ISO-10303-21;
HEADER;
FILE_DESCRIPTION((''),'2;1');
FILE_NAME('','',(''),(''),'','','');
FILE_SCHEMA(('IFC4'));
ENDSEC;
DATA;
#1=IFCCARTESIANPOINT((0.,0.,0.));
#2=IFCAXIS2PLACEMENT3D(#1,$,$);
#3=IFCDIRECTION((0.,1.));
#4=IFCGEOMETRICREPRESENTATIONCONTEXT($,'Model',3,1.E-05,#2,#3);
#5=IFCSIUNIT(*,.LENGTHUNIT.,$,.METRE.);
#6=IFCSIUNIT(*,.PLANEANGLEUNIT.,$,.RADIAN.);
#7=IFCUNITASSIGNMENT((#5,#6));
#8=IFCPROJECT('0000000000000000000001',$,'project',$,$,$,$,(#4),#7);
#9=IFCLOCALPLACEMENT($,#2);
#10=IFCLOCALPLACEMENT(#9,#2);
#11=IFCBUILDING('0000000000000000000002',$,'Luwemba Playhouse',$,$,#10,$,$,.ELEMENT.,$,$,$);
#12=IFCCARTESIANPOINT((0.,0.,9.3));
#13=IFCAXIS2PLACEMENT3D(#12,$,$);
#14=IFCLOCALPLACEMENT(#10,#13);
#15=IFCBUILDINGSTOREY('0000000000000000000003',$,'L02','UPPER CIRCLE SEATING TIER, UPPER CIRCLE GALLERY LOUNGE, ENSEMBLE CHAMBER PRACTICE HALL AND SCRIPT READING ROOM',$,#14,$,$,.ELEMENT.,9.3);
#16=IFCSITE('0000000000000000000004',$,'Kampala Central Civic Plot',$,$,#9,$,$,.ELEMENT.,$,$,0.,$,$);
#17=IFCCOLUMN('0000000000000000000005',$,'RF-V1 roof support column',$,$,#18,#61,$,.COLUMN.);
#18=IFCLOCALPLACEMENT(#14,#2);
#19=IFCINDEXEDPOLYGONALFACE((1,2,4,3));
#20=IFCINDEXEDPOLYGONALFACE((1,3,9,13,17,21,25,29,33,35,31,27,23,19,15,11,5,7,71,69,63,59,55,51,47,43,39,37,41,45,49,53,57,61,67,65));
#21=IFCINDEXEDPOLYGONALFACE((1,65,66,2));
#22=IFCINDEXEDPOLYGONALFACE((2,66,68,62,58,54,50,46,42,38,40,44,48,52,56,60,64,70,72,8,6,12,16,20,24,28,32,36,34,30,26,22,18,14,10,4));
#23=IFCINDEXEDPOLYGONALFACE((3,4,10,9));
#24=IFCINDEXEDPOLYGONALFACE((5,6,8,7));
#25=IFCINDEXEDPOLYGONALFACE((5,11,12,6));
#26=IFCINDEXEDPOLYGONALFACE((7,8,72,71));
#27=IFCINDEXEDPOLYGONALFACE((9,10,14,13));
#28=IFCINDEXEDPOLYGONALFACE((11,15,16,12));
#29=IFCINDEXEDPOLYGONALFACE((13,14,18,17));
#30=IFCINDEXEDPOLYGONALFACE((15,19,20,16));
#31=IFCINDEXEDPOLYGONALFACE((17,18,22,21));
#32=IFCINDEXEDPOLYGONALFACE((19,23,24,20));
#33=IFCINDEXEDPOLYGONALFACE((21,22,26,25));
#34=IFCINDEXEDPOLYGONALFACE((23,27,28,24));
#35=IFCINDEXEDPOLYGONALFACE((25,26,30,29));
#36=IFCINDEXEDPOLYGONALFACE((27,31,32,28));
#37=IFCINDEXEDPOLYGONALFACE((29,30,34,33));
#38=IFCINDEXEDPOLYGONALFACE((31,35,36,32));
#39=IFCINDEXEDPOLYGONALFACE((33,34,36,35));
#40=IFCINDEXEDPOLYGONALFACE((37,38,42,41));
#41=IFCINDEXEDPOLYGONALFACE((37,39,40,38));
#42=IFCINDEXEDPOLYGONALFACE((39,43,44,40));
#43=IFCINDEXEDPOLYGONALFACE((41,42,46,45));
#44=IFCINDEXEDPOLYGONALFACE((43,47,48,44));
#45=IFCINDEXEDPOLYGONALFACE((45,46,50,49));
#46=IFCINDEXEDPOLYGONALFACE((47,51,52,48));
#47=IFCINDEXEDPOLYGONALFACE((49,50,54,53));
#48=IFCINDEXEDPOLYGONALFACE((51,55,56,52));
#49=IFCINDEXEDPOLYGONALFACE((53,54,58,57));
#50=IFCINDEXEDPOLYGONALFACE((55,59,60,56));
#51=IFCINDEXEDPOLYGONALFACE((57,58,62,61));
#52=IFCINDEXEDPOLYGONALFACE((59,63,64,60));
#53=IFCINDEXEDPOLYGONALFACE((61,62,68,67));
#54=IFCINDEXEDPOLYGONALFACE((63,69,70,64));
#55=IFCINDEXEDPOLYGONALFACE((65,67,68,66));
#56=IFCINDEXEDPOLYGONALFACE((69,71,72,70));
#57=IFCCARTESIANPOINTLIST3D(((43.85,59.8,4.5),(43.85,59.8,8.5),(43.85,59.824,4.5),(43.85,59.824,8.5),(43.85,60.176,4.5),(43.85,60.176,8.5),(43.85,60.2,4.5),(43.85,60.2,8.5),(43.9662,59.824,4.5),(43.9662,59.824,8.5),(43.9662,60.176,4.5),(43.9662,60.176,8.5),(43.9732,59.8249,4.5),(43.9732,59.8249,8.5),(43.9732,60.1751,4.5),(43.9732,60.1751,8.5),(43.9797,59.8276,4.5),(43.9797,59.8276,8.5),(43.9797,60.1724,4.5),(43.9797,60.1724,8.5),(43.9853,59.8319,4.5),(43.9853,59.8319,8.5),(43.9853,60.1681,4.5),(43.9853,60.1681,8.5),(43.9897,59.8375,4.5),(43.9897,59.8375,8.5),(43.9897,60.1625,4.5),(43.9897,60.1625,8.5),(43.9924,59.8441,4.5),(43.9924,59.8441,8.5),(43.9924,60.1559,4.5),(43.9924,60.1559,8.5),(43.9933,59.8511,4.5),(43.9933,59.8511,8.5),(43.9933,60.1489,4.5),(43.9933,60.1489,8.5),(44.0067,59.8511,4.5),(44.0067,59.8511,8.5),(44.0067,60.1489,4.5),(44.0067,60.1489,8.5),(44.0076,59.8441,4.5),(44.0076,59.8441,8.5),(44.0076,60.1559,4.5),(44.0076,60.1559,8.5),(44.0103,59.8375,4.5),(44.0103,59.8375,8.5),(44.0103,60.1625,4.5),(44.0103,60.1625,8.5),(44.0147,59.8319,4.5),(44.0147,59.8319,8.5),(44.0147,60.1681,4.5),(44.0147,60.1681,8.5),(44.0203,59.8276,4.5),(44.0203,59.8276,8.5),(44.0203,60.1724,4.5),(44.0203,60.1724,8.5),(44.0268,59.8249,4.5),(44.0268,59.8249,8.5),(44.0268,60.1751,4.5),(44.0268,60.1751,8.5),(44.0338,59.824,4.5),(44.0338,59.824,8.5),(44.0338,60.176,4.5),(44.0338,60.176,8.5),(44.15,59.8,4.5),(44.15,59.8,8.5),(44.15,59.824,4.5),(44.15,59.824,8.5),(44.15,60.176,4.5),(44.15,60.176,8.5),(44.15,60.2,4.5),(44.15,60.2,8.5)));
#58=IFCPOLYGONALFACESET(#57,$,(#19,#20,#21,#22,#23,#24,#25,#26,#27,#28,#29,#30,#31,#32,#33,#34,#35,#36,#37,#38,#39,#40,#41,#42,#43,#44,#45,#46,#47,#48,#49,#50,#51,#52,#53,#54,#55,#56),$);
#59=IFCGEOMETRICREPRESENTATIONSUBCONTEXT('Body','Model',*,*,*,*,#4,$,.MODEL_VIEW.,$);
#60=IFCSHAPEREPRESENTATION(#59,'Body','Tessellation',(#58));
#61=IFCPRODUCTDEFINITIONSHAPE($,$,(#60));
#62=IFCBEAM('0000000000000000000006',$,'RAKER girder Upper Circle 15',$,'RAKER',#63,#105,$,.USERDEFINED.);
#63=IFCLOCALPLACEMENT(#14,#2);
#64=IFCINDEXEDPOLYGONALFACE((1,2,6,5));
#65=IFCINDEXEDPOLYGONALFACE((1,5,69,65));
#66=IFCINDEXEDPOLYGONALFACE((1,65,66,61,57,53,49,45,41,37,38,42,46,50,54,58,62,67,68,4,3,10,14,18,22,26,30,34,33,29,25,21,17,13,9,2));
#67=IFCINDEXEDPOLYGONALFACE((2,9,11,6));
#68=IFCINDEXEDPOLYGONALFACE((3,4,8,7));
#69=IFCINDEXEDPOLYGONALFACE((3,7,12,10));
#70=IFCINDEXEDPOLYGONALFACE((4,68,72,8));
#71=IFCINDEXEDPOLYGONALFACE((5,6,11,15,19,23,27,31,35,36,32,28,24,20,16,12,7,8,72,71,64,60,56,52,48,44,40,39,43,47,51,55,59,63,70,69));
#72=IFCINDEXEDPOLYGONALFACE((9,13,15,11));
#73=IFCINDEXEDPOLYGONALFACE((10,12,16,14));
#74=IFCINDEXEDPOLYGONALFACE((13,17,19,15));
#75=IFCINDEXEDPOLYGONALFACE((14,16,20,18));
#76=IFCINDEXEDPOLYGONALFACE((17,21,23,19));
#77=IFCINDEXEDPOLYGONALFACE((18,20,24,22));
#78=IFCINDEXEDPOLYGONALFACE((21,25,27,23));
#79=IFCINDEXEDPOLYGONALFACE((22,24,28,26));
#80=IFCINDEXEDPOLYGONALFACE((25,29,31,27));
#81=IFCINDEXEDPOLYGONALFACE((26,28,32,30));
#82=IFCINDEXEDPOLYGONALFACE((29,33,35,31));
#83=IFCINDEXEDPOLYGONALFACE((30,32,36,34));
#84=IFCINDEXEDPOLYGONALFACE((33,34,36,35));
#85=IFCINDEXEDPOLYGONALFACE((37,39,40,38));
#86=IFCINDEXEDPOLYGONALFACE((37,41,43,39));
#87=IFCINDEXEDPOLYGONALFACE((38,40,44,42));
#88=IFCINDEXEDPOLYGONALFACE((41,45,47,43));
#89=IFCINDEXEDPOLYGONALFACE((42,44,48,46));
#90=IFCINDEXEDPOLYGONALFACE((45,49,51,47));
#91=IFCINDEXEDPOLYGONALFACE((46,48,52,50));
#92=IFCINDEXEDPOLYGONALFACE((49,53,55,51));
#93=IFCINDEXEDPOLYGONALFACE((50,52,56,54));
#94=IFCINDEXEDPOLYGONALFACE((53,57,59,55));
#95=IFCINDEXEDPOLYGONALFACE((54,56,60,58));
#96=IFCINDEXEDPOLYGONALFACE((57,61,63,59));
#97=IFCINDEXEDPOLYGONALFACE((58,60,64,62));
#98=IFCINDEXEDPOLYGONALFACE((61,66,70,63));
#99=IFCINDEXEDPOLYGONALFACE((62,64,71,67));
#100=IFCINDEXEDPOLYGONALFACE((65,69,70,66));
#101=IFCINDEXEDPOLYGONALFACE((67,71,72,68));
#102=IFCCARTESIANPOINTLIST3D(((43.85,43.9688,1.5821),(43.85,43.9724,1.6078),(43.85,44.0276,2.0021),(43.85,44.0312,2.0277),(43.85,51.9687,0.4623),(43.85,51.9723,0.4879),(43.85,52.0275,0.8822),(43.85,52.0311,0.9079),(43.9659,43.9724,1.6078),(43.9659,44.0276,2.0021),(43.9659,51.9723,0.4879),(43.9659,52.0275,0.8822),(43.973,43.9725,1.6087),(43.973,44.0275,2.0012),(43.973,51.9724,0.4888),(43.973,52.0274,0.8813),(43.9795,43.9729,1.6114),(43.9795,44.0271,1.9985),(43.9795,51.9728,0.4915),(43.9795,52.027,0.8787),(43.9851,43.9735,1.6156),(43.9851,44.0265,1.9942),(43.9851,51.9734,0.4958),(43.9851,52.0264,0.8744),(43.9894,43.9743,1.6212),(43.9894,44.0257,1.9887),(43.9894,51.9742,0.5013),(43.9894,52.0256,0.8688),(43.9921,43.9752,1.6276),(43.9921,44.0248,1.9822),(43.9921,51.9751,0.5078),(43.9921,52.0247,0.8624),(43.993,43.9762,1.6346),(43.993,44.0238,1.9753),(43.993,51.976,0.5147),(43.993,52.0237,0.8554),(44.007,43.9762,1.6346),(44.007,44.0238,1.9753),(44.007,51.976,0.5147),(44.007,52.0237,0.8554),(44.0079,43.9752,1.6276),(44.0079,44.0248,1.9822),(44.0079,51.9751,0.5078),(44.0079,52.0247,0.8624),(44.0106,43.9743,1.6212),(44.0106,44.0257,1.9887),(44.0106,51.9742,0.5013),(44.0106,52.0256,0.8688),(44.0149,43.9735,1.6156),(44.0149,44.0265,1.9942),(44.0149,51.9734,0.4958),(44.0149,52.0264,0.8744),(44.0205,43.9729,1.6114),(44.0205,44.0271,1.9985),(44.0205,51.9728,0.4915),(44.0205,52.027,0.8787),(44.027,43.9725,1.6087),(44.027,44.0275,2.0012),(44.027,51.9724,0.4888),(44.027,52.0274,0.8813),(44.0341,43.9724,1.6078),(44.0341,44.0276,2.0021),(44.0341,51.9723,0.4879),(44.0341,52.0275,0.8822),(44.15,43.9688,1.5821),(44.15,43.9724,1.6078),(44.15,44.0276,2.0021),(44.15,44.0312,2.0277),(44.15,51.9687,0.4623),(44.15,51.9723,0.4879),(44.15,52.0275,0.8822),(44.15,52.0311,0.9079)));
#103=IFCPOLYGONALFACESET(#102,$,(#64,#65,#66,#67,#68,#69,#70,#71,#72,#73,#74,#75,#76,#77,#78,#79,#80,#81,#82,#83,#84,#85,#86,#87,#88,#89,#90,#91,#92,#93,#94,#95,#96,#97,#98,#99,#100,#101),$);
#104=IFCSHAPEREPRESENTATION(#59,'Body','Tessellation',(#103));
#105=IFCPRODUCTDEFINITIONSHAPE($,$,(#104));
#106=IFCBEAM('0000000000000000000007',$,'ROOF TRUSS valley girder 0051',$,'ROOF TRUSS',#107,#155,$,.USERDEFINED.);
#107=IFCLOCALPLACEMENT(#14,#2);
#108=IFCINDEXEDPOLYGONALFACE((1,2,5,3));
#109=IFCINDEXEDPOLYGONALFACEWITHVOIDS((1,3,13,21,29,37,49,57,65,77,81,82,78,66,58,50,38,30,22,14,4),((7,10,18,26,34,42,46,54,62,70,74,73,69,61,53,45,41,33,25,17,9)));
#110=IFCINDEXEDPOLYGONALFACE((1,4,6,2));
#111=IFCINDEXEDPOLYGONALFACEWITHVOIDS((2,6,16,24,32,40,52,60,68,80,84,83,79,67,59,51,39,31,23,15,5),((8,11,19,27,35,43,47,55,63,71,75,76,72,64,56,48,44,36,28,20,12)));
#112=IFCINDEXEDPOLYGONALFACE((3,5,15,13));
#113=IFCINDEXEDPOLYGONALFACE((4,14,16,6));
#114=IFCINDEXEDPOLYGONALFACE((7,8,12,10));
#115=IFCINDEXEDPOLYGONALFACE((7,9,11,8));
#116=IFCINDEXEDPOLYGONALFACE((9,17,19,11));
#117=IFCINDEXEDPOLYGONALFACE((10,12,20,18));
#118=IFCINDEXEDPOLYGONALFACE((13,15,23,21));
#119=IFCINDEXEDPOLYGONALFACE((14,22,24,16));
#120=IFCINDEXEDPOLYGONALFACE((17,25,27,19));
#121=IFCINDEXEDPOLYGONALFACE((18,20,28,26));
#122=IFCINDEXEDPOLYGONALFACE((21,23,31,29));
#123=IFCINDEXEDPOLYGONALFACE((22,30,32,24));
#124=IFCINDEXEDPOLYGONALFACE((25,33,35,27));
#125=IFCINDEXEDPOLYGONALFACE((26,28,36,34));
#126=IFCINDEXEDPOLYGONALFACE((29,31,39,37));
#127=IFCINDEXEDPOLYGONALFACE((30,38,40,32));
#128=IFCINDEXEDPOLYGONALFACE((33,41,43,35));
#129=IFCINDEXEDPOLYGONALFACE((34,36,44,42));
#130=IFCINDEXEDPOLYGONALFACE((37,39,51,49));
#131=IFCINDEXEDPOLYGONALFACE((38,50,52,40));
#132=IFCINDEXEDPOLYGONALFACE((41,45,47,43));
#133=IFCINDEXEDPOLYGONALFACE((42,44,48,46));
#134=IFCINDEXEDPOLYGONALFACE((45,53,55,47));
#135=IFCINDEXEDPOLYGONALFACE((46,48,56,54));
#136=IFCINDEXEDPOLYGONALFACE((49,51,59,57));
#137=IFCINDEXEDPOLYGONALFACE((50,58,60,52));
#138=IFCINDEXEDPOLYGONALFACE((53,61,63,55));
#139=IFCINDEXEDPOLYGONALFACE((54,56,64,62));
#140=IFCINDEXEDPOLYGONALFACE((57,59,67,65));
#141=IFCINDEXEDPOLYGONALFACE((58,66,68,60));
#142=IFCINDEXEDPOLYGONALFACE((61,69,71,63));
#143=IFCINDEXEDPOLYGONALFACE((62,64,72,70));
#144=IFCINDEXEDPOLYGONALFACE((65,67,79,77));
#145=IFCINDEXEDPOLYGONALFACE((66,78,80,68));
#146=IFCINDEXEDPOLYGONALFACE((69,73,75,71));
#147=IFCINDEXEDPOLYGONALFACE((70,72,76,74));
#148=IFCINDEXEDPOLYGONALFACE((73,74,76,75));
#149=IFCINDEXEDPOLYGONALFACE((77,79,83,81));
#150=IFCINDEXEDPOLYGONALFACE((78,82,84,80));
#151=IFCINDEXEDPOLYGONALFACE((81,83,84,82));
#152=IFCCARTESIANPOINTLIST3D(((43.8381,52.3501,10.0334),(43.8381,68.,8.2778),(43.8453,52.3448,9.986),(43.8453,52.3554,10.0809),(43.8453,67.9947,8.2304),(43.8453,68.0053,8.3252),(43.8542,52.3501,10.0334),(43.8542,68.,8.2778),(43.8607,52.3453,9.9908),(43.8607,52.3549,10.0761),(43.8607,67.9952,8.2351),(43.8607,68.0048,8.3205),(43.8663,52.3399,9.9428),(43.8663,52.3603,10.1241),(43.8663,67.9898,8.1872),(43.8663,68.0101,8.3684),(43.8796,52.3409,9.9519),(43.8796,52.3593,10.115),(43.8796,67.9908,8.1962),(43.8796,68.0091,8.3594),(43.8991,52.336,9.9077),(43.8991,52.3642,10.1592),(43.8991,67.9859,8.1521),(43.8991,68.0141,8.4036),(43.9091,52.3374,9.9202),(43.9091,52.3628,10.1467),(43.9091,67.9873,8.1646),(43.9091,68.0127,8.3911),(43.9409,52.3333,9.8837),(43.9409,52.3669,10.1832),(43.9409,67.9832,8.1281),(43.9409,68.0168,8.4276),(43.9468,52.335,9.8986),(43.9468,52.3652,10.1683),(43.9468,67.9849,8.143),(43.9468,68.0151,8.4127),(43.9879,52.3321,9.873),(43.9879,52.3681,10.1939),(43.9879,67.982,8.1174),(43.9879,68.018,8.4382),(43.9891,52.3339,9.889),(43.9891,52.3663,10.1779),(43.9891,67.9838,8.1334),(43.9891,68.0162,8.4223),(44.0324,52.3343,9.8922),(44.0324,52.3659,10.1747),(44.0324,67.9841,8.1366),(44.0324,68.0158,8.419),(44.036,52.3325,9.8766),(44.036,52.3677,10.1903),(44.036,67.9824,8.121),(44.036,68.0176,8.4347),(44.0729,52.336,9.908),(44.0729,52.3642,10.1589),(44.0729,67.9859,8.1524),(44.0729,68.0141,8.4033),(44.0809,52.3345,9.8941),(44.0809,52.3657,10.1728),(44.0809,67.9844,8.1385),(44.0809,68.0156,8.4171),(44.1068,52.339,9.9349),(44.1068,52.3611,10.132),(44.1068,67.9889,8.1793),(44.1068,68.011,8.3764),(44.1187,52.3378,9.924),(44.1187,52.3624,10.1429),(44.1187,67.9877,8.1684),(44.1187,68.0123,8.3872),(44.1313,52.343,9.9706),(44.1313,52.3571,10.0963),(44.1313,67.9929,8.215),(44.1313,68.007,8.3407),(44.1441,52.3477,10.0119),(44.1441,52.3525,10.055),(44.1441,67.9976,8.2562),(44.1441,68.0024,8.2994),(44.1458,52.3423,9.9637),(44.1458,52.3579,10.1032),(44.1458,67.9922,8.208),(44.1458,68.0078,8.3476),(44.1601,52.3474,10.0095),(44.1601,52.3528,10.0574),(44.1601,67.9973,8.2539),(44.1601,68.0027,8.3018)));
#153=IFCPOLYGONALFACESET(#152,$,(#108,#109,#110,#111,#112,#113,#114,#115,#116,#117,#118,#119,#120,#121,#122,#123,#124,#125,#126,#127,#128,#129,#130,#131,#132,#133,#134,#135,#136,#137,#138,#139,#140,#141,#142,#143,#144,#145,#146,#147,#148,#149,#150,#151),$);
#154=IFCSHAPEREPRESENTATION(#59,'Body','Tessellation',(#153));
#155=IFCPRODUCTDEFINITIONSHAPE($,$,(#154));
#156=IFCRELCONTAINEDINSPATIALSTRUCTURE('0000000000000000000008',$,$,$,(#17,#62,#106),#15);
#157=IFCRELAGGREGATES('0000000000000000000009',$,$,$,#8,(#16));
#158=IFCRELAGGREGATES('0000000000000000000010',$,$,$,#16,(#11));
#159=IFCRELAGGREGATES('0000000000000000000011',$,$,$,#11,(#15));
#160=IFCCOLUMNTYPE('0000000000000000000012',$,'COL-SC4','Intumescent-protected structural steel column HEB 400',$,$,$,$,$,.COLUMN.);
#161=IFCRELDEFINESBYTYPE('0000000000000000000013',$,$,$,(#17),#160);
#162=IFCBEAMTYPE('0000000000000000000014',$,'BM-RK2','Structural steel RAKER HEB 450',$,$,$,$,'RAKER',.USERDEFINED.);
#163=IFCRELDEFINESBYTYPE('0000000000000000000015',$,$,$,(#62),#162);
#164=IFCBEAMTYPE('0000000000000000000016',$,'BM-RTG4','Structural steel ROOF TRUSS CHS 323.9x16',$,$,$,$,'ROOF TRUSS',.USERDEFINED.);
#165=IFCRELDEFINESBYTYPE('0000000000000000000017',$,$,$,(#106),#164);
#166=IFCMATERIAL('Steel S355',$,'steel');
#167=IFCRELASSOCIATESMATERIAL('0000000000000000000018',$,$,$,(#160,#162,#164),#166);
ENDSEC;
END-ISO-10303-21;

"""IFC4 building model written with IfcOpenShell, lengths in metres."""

from ifc_helpers import new_model, si_unit, direction, frame, origin, origin_2d, place, context, subcontext, project, spatial, hollow_circle, i_section, extrude, material, material_profile, profile_set, type_object, element, save


model = new_model("IFC4")

# Units and contexts
model_context = context("Model", 3, precision=1e-05, world=origin(), true_north=direction((0.0, 1.0)))
body_context = subcontext(model_context, "Body", "Model", "MODEL_VIEW")
ifc_project = project(units=[si_unit("LENGTHUNIT", "METRE"), si_unit("PLANEANGLEUNIT", "RADIAN")], contexts=[model_context])

# Site, building, storey
site_placement = place(None, origin())
site = spatial("IfcSite", under=ifc_project, at=site_placement, Name="Kampala Central Civic Plot", CompositionType="ELEMENT", RefElevation=0.0)
building_placement = place(site_placement, origin())
building = spatial("IfcBuilding", under=site, at=building_placement, Name="Luwemba Playhouse", CompositionType="ELEMENT")
storey_placement = place(building_placement, frame((0.0, 0.0, 9.3)))
storey = spatial("IfcBuildingStorey", under=building, at=storey_placement, Name="L02", Description="UPPER CIRCLE SEATING TIER, UPPER CIRCLE GALLERY LOUNGE, ENSEMBLE CHAMBER PRACTICE HALL AND SCRIPT READING ROOM", CompositionType="ELEMENT", Elevation=9.3)

# Column
ifc_material_1 = material(Name="Steel S355", Category="steel")
ifc_material_profile_1 = material_profile(ifc_material_1, i_section(OverallWidth=0.3, OverallDepth=0.3999, WebThickness=0.0134, FlangeThickness=0.0239, FilletRadius=0.0271, at=origin_2d()))
ifc_profile_set_1 = profile_set([ifc_material_profile_1], Name="Steel S355")
column_type_1 = type_object("IfcColumnType", Name="COL-SC4", Description="Intumescent-protected structural steel column HEB 400", PredefinedType="COLUMN", material=ifc_profile_set_1)
for number, where, z_axis, x_axis, name in (
    (1, (44.0, 60.0, 4.5), (0.0, 0.0, 1.0), (1.0, 0.0, 0.0), "RF-V1 roof support column"),
):
    element("IfcColumn", number, at=place(storey_placement, frame(where, z_axis=z_axis, x_axis=x_axis)), inside=storey, type_object=column_type_1, Name=name, PredefinedType="COLUMN", context=body_context, shape_type="SweptSolid", body=[
        extrude(i_section(OverallWidth=0.3, OverallDepth=0.3999, WebThickness=0.0134, FlangeThickness=0.0239, FilletRadius=0.0271, at=origin_2d()), origin(), (0.0, 0.0, 1.0), 4.0),
    ])

# Beams
ifc_material_profile_2 = material_profile(ifc_material_1, i_section(OverallWidth=0.3, OverallDepth=0.45, WebThickness=0.0139, FlangeThickness=0.0259, FilletRadius=0.0271, at=origin_2d()))
ifc_profile_set_2 = profile_set([ifc_material_profile_2], Name="Steel S355")
beam_type_1 = type_object("IfcBeamType", Name="BM-RK2", Description="Structural steel RAKER HEB 450", ElementType="RAKER", PredefinedType="USERDEFINED", material=ifc_profile_set_2)
beam_1_placement = place(storey_placement, frame((44.0, 44.0, 1.8049), z_axis=(0.0, 0.990344, -0.138632), x_axis=(-1.0, 0.0, 0.0)))
element("IfcBeam", 2, at=beam_1_placement, inside=storey, type_object=beam_type_1, Name="RAKER girder Upper Circle 15", ObjectType="RAKER", PredefinedType="USERDEFINED", context=body_context, shape_type="SweptSolid", body=[
    extrude(i_section(OverallWidth=0.3, OverallDepth=0.45, WebThickness=0.0139, FlangeThickness=0.0259, FilletRadius=0.0271, at=origin_2d()), origin(), (0.0, 0.0, 1.0), 8.0779),
])
ifc_material_profile_3 = material_profile(ifc_material_1, hollow_circle(Radius=0.1619, WallThickness=0.0161, at=origin_2d()))
ifc_profile_set_3 = profile_set([ifc_material_profile_3], Name="Steel S355")
beam_type_2 = type_object("IfcBeamType", Name="BM-RTG4", Description="Structural steel ROOF TRUSS CHS 323.9x16", ElementType="ROOF TRUSS", PredefinedType="USERDEFINED", material=ifc_profile_set_3)
beam_2_placement = place(storey_placement, frame((44.0, 52.3501, 10.0334), z_axis=(0.0, 0.993767, -0.111481), x_axis=(-1.0, 0.0, 0.0)))
element("IfcBeam", 3, at=beam_2_placement, inside=storey, type_object=beam_type_2, Name="ROOF TRUSS valley girder 0051", ObjectType="ROOF TRUSS", PredefinedType="USERDEFINED", context=body_context, shape_type="SweptSolid", body=[
    extrude(hollow_circle(Radius=0.1619, WallThickness=0.0161, at=origin_2d()), origin(), (0.0, 0.0, 1.0), 15.748),
])

save(model, "model.ifc")
